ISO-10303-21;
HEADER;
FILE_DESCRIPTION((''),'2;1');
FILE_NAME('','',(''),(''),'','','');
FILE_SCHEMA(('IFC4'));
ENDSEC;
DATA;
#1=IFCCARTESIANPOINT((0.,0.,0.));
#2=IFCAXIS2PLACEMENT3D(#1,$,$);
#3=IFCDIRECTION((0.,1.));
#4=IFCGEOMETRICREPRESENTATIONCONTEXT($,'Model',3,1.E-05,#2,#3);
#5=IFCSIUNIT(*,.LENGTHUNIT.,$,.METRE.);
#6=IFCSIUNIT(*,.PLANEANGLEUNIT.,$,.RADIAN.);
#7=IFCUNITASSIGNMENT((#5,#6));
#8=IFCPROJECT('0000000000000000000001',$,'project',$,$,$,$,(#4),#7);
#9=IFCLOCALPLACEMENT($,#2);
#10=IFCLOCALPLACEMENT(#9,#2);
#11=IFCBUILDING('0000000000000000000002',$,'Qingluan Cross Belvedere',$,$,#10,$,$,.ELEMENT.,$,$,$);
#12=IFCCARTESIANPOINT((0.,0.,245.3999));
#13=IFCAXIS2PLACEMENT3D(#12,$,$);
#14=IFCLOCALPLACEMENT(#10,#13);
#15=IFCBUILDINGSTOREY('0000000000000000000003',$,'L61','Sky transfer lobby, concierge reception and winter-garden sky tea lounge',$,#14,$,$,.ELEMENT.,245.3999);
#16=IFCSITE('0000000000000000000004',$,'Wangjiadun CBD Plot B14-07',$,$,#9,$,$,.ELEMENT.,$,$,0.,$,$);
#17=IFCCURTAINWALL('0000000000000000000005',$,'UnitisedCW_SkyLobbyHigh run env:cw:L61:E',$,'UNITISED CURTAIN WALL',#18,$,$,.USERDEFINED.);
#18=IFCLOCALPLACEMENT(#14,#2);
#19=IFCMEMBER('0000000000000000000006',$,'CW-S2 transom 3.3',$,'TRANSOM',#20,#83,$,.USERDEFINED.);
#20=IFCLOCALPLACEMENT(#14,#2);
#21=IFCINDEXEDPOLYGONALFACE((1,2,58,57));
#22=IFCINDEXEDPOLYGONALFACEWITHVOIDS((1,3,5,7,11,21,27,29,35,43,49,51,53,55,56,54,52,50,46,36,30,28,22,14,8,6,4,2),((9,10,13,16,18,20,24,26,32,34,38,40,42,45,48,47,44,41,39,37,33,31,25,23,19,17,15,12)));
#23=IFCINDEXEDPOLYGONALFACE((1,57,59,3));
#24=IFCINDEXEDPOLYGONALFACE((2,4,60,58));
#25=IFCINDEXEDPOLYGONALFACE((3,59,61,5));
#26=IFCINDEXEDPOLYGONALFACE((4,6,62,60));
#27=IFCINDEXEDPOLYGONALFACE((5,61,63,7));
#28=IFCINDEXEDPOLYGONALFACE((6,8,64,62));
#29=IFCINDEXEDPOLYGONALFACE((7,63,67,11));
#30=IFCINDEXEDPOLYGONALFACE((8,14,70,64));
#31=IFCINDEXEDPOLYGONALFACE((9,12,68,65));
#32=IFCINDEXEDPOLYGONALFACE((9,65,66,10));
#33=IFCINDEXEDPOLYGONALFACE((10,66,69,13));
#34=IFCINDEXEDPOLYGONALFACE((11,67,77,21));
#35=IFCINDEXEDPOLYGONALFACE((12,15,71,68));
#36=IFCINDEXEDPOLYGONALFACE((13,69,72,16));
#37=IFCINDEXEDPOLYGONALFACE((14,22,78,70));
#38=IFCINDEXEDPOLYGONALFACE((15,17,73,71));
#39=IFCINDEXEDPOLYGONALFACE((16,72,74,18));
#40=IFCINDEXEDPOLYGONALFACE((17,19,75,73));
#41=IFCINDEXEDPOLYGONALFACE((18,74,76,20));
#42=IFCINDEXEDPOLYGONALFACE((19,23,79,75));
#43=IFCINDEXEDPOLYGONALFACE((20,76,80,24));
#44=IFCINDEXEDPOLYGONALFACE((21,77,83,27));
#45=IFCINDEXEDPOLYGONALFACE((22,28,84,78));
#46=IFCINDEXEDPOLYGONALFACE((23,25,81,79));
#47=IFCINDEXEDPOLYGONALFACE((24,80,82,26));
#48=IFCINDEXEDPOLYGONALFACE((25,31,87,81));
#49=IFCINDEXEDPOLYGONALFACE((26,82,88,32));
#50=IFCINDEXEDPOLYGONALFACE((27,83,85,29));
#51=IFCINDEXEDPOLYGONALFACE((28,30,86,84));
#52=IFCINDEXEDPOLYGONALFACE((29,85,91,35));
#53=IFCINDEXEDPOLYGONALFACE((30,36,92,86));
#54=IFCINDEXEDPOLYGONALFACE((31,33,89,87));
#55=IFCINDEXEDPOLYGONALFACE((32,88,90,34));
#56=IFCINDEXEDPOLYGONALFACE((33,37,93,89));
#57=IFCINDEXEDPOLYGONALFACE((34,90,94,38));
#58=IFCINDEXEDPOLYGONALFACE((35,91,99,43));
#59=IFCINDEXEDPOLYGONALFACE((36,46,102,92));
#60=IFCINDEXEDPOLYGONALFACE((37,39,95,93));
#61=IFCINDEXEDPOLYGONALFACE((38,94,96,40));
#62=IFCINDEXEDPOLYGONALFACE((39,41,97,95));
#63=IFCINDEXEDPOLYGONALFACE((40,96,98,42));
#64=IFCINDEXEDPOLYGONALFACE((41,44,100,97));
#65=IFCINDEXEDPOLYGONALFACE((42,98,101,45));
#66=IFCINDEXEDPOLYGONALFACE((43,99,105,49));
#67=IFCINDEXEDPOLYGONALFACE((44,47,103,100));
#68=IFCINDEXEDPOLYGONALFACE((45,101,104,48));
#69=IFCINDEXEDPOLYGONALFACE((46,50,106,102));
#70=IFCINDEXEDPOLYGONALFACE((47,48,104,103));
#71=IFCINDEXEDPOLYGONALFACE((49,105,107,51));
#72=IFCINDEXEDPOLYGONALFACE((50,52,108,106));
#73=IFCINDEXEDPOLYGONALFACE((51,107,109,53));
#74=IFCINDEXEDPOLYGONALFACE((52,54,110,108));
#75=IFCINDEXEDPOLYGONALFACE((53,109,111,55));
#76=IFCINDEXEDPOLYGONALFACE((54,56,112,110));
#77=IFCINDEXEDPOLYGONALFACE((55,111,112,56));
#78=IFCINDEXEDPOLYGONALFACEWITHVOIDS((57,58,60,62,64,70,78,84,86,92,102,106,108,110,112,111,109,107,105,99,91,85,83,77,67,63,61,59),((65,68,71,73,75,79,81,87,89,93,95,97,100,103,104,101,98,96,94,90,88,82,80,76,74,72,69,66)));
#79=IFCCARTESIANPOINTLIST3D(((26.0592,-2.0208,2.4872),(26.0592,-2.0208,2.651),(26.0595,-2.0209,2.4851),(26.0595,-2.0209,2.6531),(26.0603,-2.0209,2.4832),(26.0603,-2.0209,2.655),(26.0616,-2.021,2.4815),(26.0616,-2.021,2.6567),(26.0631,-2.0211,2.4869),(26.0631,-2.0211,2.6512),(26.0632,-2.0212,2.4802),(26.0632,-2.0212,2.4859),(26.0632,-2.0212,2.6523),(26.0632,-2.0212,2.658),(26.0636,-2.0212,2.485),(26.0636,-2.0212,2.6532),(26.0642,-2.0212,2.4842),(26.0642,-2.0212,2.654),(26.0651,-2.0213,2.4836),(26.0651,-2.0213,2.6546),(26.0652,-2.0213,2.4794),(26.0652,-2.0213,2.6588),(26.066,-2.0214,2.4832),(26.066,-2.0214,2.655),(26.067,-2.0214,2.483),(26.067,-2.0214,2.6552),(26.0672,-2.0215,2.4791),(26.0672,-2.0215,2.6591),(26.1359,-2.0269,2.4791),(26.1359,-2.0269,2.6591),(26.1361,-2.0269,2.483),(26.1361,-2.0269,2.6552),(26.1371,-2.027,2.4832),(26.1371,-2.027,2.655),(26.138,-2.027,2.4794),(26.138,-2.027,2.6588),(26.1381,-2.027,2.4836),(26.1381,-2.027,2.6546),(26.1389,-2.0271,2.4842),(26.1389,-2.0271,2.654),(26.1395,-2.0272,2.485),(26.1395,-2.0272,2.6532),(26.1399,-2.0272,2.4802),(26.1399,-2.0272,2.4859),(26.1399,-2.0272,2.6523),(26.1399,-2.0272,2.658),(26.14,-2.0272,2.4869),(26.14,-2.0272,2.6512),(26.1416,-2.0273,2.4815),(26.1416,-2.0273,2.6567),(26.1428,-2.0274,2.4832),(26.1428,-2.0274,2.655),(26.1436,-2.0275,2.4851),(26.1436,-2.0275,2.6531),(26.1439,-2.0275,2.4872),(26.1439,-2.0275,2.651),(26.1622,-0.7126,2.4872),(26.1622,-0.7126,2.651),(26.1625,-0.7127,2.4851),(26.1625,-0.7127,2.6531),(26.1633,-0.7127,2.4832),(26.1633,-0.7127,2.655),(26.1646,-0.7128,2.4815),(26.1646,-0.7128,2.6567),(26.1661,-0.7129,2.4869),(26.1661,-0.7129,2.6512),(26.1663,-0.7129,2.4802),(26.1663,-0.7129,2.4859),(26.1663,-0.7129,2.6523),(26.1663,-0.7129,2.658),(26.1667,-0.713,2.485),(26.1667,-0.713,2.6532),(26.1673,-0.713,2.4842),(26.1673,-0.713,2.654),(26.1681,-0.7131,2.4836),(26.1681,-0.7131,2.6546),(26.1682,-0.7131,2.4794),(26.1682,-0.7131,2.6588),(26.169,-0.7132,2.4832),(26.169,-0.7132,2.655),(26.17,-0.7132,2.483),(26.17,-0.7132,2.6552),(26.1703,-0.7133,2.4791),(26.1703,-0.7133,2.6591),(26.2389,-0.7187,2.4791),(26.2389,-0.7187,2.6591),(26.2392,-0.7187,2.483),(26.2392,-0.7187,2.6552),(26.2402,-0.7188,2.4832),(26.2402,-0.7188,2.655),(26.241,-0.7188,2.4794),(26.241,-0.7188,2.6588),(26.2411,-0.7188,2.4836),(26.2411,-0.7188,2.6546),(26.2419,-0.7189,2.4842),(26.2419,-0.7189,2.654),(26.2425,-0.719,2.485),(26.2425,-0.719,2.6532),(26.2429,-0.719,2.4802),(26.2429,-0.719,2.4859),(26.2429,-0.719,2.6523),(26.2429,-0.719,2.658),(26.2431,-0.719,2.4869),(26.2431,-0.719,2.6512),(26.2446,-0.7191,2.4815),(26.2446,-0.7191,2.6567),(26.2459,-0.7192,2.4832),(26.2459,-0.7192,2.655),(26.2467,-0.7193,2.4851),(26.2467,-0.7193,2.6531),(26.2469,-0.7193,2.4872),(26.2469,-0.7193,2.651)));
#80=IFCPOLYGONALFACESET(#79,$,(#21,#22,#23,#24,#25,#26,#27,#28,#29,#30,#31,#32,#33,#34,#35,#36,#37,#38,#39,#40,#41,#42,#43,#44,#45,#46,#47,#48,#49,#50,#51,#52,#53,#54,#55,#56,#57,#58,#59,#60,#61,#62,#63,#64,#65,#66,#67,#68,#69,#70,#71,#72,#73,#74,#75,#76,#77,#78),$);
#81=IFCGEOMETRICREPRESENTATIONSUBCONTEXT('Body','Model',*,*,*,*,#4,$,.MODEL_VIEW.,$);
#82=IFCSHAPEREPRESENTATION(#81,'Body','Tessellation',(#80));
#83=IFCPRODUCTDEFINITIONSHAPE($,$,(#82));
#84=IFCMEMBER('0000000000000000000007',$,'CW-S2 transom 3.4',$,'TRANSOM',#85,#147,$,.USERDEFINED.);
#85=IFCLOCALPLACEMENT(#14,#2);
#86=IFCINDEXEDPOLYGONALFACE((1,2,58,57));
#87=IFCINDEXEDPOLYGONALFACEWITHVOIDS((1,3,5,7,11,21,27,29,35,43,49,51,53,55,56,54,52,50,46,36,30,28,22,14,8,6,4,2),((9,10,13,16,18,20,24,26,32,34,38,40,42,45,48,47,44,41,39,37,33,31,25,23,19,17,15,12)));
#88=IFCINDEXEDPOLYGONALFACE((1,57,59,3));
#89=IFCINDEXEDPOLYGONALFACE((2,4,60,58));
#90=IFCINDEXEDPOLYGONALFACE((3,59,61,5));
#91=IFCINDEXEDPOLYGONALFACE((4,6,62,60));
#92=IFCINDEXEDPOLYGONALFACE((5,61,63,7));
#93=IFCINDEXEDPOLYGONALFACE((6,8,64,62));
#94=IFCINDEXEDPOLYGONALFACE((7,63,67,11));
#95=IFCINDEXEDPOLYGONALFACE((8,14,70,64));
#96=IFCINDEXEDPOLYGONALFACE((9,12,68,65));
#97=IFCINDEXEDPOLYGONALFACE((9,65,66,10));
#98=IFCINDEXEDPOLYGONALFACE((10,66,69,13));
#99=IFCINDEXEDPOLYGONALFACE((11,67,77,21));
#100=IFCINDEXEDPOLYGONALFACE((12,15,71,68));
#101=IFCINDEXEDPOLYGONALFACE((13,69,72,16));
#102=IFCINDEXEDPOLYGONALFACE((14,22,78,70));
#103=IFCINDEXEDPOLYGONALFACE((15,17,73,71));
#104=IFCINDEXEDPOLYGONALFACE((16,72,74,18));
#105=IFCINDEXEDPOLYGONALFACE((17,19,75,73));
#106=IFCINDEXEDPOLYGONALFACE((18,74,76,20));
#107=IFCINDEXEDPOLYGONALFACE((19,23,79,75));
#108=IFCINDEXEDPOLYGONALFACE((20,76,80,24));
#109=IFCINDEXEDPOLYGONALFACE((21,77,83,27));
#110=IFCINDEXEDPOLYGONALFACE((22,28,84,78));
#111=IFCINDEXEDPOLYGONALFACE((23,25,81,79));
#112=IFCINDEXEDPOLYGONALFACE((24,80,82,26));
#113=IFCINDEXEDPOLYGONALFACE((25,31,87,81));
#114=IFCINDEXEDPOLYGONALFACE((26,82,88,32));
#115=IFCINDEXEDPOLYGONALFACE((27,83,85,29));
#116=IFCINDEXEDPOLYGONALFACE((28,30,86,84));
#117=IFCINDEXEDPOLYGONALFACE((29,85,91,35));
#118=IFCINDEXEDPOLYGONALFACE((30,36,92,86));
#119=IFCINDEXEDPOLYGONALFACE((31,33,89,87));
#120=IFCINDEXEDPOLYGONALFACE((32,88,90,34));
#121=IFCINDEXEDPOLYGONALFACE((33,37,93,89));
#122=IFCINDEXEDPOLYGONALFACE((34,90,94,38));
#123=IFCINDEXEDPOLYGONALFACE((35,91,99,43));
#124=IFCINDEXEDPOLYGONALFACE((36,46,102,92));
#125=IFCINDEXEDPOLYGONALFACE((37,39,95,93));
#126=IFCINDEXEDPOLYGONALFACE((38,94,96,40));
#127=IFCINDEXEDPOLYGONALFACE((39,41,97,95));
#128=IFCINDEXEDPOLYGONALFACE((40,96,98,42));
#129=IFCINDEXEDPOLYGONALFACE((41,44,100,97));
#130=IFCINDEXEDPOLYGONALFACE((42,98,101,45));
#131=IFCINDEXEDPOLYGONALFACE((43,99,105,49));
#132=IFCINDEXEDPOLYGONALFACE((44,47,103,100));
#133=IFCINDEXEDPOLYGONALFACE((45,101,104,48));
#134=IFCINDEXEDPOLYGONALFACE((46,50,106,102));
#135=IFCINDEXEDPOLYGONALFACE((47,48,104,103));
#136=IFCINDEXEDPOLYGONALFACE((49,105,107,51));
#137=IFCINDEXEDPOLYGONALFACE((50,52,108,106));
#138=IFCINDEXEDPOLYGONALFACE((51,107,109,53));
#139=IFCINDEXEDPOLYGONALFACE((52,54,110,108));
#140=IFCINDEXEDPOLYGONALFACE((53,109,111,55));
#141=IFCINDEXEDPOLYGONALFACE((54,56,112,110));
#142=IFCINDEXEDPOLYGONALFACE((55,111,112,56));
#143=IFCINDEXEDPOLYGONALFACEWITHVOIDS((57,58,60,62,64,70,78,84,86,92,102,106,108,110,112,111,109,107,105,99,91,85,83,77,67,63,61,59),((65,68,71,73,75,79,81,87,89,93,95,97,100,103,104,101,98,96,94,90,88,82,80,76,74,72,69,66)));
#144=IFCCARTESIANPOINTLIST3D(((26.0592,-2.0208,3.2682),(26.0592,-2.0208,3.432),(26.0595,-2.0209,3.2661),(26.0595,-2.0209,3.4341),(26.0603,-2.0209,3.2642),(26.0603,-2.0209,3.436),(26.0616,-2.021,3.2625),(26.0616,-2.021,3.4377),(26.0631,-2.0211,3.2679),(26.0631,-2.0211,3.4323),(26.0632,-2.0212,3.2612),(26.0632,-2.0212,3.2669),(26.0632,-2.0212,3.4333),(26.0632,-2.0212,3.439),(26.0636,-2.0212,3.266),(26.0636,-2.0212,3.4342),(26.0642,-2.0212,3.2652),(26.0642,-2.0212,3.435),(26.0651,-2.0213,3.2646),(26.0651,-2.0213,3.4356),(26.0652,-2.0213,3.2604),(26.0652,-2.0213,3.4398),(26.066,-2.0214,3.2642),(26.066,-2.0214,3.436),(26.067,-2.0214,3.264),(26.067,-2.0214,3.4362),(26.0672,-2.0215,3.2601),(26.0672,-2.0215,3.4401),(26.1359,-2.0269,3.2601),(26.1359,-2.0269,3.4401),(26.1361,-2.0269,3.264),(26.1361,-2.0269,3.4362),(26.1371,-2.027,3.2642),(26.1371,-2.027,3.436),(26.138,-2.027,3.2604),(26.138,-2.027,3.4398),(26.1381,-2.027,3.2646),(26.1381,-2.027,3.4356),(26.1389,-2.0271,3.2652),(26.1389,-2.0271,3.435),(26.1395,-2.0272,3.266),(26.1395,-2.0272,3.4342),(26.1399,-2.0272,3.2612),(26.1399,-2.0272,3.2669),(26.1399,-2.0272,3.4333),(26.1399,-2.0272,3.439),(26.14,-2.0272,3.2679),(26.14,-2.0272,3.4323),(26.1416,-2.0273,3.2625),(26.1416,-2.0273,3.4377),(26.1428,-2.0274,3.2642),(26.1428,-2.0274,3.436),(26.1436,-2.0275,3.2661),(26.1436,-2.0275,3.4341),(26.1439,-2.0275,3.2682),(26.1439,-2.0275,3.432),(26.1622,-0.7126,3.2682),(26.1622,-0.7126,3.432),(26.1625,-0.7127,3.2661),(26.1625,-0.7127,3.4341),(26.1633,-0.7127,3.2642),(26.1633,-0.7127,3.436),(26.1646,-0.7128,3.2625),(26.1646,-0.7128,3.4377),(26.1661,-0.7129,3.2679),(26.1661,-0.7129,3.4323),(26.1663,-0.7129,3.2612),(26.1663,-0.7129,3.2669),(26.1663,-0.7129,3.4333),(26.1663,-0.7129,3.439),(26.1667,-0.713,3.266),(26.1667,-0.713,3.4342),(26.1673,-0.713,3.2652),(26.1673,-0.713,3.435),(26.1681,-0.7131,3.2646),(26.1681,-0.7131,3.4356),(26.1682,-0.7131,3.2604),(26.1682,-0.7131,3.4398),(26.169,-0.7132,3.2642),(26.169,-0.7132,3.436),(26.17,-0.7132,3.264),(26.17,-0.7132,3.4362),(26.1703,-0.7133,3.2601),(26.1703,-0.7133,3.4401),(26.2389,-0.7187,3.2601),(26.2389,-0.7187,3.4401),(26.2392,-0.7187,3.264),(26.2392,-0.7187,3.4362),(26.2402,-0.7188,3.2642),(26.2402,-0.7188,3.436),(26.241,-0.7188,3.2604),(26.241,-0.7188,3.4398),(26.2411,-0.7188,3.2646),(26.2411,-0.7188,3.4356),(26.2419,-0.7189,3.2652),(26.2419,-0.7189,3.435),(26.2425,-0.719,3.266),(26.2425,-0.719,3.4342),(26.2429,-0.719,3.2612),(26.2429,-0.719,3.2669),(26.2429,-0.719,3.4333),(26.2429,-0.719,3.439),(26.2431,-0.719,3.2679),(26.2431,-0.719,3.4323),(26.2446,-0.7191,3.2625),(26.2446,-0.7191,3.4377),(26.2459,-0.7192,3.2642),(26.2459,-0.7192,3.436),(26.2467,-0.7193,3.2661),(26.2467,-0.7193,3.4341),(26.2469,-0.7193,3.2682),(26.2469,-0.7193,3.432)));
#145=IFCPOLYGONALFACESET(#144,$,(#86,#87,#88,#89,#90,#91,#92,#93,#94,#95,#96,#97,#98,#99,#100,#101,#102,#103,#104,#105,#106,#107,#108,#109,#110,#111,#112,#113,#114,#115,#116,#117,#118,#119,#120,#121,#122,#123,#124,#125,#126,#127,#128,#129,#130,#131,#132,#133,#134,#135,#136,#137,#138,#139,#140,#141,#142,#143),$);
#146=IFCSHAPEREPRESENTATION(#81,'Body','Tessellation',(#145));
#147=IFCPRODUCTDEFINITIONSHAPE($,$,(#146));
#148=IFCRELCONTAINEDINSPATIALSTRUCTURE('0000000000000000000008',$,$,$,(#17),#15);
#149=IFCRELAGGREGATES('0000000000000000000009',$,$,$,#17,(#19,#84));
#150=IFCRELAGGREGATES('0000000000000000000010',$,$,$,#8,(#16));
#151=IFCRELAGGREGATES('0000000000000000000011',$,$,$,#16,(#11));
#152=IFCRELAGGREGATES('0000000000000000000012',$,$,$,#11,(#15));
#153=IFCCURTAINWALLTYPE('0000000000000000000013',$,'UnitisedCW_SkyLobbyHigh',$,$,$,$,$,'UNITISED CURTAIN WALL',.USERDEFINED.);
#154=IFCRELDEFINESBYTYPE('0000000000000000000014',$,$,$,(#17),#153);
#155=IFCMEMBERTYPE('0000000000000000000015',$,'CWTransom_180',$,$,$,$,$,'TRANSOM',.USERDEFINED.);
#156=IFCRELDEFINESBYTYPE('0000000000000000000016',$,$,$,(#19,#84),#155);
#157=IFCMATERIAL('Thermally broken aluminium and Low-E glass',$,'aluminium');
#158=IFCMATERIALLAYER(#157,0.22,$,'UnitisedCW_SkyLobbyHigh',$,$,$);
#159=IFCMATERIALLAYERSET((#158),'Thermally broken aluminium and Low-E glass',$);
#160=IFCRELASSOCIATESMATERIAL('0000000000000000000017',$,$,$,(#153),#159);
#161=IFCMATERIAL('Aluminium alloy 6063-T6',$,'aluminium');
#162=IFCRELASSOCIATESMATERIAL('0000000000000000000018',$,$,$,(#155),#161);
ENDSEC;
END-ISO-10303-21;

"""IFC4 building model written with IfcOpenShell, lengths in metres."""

from ifc_helpers import new_model, si_unit, direction, frame, origin, origin_2d, place, context, subcontext, project, spatial, hollow_rectangle, extrude, material, layer, layer_set, material_profile, profile_set, type_object, element, aggregate, save


model = new_model("IFC4")

# Units and contexts
model_context = context("Model", 3, precision=1e-05, world=origin(), true_north=direction((0.0, 1.0)))
body_context = subcontext(model_context, "Body", "Model", "MODEL_VIEW")
ifc_project = project(units=[si_unit("LENGTHUNIT", "METRE"), si_unit("PLANEANGLEUNIT", "RADIAN")], contexts=[model_context])

# Site, building, storey
site_placement = place(None, origin())
site = spatial("IfcSite", under=ifc_project, at=site_placement, Name="Wangjiadun CBD Plot B14-07", CompositionType="ELEMENT", RefElevation=0.0)
building_placement = place(site_placement, origin())
building = spatial("IfcBuilding", under=site, at=building_placement, Name="Qingluan Cross Belvedere", CompositionType="ELEMENT")
storey_placement = place(building_placement, frame((0.0, 0.0, 245.3999)))
storey = spatial("IfcBuildingStorey", under=building, at=storey_placement, Name="L61", Description="Sky transfer lobby, concierge reception and winter-garden sky tea lounge", CompositionType="ELEMENT", Elevation=245.3999)

# Curtain wall, members
ifc_material_1 = material(Name="Thermally broken aluminium and Low-E glass", Category="aluminium")
ifc_layer_1 = layer(ifc_material_1, 0.22, Name="UnitisedCW_SkyLobbyHigh")
ifc_layer_set_1 = layer_set([ifc_layer_1], Name="Thermally broken aluminium and Low-E glass")
curtain_wall_type = type_object("IfcCurtainWallType", Name="UnitisedCW_SkyLobbyHigh", ElementType="UNITISED CURTAIN WALL", PredefinedType="USERDEFINED", material=ifc_layer_set_1)
curtain_wall_placement = place(storey_placement, origin())
curtain_wall = element("IfcCurtainWall", 1, at=curtain_wall_placement, inside=storey, type_object=curtain_wall_type, Name="UnitisedCW_SkyLobbyHigh run env:cw:L61:E", ObjectType="UNITISED CURTAIN WALL", PredefinedType="USERDEFINED")
ifc_material_2 = material(Name="Aluminium alloy 6063-T6", Category="aluminium")
ifc_material_profile_1 = material_profile(ifc_material_2, hollow_rectangle(XDim=0.085, YDim=0.1799, WallThickness=0.0039, InnerFilletRadius=0.0039, OuterFilletRadius=0.0081, at=origin_2d()), Name="CWT180x85x4")
ifc_profile_set_1 = profile_set([ifc_material_profile_1], Name="Aluminium alloy 6063-T6")
member_type_1 = type_object("IfcMemberType", Name="CWTransom_180", ElementType="TRANSOM", PredefinedType="USERDEFINED", material=ifc_profile_set_1)
member_1_placement = place(storey_placement, frame((26.1016, -2.0242, 2.5691), z_axis=(0.078518, 0.996913, 0.0), x_axis=(-0.996913, 0.078518, 0.0)))
member_1 = element("IfcMember", 2, at=member_1_placement, type_object=member_type_1, Name="CW-S2 transom 3.3", ObjectType="TRANSOM", PredefinedType="USERDEFINED", context=body_context, shape_type="SweptSolid", body=[
    extrude(hollow_rectangle(XDim=0.085, YDim=0.1799, WallThickness=0.0039, InnerFilletRadius=0.0039, OuterFilletRadius=0.0081, at=origin_2d()), origin(), (0.0, 0.0, 1.0), 1.3123),
])
member_2_placement = place(storey_placement, frame((26.1016, -2.0242, 3.3501), z_axis=(0.078518, 0.996913, 0.0), x_axis=(-0.996913, 0.078518, 0.0)))
member_2 = element("IfcMember", 3, at=member_2_placement, type_object=member_type_1, Name="CW-S2 transom 3.4", ObjectType="TRANSOM", PredefinedType="USERDEFINED", context=body_context, shape_type="SweptSolid", body=[
    extrude(hollow_rectangle(XDim=0.085, YDim=0.1799, WallThickness=0.0039, InnerFilletRadius=0.0039, OuterFilletRadius=0.0081, at=origin_2d()), origin(), (0.0, 0.0, 1.0), 1.3123),
])
aggregate(curtain_wall, [member_1, member_2])

save(model, "model.ifc")
